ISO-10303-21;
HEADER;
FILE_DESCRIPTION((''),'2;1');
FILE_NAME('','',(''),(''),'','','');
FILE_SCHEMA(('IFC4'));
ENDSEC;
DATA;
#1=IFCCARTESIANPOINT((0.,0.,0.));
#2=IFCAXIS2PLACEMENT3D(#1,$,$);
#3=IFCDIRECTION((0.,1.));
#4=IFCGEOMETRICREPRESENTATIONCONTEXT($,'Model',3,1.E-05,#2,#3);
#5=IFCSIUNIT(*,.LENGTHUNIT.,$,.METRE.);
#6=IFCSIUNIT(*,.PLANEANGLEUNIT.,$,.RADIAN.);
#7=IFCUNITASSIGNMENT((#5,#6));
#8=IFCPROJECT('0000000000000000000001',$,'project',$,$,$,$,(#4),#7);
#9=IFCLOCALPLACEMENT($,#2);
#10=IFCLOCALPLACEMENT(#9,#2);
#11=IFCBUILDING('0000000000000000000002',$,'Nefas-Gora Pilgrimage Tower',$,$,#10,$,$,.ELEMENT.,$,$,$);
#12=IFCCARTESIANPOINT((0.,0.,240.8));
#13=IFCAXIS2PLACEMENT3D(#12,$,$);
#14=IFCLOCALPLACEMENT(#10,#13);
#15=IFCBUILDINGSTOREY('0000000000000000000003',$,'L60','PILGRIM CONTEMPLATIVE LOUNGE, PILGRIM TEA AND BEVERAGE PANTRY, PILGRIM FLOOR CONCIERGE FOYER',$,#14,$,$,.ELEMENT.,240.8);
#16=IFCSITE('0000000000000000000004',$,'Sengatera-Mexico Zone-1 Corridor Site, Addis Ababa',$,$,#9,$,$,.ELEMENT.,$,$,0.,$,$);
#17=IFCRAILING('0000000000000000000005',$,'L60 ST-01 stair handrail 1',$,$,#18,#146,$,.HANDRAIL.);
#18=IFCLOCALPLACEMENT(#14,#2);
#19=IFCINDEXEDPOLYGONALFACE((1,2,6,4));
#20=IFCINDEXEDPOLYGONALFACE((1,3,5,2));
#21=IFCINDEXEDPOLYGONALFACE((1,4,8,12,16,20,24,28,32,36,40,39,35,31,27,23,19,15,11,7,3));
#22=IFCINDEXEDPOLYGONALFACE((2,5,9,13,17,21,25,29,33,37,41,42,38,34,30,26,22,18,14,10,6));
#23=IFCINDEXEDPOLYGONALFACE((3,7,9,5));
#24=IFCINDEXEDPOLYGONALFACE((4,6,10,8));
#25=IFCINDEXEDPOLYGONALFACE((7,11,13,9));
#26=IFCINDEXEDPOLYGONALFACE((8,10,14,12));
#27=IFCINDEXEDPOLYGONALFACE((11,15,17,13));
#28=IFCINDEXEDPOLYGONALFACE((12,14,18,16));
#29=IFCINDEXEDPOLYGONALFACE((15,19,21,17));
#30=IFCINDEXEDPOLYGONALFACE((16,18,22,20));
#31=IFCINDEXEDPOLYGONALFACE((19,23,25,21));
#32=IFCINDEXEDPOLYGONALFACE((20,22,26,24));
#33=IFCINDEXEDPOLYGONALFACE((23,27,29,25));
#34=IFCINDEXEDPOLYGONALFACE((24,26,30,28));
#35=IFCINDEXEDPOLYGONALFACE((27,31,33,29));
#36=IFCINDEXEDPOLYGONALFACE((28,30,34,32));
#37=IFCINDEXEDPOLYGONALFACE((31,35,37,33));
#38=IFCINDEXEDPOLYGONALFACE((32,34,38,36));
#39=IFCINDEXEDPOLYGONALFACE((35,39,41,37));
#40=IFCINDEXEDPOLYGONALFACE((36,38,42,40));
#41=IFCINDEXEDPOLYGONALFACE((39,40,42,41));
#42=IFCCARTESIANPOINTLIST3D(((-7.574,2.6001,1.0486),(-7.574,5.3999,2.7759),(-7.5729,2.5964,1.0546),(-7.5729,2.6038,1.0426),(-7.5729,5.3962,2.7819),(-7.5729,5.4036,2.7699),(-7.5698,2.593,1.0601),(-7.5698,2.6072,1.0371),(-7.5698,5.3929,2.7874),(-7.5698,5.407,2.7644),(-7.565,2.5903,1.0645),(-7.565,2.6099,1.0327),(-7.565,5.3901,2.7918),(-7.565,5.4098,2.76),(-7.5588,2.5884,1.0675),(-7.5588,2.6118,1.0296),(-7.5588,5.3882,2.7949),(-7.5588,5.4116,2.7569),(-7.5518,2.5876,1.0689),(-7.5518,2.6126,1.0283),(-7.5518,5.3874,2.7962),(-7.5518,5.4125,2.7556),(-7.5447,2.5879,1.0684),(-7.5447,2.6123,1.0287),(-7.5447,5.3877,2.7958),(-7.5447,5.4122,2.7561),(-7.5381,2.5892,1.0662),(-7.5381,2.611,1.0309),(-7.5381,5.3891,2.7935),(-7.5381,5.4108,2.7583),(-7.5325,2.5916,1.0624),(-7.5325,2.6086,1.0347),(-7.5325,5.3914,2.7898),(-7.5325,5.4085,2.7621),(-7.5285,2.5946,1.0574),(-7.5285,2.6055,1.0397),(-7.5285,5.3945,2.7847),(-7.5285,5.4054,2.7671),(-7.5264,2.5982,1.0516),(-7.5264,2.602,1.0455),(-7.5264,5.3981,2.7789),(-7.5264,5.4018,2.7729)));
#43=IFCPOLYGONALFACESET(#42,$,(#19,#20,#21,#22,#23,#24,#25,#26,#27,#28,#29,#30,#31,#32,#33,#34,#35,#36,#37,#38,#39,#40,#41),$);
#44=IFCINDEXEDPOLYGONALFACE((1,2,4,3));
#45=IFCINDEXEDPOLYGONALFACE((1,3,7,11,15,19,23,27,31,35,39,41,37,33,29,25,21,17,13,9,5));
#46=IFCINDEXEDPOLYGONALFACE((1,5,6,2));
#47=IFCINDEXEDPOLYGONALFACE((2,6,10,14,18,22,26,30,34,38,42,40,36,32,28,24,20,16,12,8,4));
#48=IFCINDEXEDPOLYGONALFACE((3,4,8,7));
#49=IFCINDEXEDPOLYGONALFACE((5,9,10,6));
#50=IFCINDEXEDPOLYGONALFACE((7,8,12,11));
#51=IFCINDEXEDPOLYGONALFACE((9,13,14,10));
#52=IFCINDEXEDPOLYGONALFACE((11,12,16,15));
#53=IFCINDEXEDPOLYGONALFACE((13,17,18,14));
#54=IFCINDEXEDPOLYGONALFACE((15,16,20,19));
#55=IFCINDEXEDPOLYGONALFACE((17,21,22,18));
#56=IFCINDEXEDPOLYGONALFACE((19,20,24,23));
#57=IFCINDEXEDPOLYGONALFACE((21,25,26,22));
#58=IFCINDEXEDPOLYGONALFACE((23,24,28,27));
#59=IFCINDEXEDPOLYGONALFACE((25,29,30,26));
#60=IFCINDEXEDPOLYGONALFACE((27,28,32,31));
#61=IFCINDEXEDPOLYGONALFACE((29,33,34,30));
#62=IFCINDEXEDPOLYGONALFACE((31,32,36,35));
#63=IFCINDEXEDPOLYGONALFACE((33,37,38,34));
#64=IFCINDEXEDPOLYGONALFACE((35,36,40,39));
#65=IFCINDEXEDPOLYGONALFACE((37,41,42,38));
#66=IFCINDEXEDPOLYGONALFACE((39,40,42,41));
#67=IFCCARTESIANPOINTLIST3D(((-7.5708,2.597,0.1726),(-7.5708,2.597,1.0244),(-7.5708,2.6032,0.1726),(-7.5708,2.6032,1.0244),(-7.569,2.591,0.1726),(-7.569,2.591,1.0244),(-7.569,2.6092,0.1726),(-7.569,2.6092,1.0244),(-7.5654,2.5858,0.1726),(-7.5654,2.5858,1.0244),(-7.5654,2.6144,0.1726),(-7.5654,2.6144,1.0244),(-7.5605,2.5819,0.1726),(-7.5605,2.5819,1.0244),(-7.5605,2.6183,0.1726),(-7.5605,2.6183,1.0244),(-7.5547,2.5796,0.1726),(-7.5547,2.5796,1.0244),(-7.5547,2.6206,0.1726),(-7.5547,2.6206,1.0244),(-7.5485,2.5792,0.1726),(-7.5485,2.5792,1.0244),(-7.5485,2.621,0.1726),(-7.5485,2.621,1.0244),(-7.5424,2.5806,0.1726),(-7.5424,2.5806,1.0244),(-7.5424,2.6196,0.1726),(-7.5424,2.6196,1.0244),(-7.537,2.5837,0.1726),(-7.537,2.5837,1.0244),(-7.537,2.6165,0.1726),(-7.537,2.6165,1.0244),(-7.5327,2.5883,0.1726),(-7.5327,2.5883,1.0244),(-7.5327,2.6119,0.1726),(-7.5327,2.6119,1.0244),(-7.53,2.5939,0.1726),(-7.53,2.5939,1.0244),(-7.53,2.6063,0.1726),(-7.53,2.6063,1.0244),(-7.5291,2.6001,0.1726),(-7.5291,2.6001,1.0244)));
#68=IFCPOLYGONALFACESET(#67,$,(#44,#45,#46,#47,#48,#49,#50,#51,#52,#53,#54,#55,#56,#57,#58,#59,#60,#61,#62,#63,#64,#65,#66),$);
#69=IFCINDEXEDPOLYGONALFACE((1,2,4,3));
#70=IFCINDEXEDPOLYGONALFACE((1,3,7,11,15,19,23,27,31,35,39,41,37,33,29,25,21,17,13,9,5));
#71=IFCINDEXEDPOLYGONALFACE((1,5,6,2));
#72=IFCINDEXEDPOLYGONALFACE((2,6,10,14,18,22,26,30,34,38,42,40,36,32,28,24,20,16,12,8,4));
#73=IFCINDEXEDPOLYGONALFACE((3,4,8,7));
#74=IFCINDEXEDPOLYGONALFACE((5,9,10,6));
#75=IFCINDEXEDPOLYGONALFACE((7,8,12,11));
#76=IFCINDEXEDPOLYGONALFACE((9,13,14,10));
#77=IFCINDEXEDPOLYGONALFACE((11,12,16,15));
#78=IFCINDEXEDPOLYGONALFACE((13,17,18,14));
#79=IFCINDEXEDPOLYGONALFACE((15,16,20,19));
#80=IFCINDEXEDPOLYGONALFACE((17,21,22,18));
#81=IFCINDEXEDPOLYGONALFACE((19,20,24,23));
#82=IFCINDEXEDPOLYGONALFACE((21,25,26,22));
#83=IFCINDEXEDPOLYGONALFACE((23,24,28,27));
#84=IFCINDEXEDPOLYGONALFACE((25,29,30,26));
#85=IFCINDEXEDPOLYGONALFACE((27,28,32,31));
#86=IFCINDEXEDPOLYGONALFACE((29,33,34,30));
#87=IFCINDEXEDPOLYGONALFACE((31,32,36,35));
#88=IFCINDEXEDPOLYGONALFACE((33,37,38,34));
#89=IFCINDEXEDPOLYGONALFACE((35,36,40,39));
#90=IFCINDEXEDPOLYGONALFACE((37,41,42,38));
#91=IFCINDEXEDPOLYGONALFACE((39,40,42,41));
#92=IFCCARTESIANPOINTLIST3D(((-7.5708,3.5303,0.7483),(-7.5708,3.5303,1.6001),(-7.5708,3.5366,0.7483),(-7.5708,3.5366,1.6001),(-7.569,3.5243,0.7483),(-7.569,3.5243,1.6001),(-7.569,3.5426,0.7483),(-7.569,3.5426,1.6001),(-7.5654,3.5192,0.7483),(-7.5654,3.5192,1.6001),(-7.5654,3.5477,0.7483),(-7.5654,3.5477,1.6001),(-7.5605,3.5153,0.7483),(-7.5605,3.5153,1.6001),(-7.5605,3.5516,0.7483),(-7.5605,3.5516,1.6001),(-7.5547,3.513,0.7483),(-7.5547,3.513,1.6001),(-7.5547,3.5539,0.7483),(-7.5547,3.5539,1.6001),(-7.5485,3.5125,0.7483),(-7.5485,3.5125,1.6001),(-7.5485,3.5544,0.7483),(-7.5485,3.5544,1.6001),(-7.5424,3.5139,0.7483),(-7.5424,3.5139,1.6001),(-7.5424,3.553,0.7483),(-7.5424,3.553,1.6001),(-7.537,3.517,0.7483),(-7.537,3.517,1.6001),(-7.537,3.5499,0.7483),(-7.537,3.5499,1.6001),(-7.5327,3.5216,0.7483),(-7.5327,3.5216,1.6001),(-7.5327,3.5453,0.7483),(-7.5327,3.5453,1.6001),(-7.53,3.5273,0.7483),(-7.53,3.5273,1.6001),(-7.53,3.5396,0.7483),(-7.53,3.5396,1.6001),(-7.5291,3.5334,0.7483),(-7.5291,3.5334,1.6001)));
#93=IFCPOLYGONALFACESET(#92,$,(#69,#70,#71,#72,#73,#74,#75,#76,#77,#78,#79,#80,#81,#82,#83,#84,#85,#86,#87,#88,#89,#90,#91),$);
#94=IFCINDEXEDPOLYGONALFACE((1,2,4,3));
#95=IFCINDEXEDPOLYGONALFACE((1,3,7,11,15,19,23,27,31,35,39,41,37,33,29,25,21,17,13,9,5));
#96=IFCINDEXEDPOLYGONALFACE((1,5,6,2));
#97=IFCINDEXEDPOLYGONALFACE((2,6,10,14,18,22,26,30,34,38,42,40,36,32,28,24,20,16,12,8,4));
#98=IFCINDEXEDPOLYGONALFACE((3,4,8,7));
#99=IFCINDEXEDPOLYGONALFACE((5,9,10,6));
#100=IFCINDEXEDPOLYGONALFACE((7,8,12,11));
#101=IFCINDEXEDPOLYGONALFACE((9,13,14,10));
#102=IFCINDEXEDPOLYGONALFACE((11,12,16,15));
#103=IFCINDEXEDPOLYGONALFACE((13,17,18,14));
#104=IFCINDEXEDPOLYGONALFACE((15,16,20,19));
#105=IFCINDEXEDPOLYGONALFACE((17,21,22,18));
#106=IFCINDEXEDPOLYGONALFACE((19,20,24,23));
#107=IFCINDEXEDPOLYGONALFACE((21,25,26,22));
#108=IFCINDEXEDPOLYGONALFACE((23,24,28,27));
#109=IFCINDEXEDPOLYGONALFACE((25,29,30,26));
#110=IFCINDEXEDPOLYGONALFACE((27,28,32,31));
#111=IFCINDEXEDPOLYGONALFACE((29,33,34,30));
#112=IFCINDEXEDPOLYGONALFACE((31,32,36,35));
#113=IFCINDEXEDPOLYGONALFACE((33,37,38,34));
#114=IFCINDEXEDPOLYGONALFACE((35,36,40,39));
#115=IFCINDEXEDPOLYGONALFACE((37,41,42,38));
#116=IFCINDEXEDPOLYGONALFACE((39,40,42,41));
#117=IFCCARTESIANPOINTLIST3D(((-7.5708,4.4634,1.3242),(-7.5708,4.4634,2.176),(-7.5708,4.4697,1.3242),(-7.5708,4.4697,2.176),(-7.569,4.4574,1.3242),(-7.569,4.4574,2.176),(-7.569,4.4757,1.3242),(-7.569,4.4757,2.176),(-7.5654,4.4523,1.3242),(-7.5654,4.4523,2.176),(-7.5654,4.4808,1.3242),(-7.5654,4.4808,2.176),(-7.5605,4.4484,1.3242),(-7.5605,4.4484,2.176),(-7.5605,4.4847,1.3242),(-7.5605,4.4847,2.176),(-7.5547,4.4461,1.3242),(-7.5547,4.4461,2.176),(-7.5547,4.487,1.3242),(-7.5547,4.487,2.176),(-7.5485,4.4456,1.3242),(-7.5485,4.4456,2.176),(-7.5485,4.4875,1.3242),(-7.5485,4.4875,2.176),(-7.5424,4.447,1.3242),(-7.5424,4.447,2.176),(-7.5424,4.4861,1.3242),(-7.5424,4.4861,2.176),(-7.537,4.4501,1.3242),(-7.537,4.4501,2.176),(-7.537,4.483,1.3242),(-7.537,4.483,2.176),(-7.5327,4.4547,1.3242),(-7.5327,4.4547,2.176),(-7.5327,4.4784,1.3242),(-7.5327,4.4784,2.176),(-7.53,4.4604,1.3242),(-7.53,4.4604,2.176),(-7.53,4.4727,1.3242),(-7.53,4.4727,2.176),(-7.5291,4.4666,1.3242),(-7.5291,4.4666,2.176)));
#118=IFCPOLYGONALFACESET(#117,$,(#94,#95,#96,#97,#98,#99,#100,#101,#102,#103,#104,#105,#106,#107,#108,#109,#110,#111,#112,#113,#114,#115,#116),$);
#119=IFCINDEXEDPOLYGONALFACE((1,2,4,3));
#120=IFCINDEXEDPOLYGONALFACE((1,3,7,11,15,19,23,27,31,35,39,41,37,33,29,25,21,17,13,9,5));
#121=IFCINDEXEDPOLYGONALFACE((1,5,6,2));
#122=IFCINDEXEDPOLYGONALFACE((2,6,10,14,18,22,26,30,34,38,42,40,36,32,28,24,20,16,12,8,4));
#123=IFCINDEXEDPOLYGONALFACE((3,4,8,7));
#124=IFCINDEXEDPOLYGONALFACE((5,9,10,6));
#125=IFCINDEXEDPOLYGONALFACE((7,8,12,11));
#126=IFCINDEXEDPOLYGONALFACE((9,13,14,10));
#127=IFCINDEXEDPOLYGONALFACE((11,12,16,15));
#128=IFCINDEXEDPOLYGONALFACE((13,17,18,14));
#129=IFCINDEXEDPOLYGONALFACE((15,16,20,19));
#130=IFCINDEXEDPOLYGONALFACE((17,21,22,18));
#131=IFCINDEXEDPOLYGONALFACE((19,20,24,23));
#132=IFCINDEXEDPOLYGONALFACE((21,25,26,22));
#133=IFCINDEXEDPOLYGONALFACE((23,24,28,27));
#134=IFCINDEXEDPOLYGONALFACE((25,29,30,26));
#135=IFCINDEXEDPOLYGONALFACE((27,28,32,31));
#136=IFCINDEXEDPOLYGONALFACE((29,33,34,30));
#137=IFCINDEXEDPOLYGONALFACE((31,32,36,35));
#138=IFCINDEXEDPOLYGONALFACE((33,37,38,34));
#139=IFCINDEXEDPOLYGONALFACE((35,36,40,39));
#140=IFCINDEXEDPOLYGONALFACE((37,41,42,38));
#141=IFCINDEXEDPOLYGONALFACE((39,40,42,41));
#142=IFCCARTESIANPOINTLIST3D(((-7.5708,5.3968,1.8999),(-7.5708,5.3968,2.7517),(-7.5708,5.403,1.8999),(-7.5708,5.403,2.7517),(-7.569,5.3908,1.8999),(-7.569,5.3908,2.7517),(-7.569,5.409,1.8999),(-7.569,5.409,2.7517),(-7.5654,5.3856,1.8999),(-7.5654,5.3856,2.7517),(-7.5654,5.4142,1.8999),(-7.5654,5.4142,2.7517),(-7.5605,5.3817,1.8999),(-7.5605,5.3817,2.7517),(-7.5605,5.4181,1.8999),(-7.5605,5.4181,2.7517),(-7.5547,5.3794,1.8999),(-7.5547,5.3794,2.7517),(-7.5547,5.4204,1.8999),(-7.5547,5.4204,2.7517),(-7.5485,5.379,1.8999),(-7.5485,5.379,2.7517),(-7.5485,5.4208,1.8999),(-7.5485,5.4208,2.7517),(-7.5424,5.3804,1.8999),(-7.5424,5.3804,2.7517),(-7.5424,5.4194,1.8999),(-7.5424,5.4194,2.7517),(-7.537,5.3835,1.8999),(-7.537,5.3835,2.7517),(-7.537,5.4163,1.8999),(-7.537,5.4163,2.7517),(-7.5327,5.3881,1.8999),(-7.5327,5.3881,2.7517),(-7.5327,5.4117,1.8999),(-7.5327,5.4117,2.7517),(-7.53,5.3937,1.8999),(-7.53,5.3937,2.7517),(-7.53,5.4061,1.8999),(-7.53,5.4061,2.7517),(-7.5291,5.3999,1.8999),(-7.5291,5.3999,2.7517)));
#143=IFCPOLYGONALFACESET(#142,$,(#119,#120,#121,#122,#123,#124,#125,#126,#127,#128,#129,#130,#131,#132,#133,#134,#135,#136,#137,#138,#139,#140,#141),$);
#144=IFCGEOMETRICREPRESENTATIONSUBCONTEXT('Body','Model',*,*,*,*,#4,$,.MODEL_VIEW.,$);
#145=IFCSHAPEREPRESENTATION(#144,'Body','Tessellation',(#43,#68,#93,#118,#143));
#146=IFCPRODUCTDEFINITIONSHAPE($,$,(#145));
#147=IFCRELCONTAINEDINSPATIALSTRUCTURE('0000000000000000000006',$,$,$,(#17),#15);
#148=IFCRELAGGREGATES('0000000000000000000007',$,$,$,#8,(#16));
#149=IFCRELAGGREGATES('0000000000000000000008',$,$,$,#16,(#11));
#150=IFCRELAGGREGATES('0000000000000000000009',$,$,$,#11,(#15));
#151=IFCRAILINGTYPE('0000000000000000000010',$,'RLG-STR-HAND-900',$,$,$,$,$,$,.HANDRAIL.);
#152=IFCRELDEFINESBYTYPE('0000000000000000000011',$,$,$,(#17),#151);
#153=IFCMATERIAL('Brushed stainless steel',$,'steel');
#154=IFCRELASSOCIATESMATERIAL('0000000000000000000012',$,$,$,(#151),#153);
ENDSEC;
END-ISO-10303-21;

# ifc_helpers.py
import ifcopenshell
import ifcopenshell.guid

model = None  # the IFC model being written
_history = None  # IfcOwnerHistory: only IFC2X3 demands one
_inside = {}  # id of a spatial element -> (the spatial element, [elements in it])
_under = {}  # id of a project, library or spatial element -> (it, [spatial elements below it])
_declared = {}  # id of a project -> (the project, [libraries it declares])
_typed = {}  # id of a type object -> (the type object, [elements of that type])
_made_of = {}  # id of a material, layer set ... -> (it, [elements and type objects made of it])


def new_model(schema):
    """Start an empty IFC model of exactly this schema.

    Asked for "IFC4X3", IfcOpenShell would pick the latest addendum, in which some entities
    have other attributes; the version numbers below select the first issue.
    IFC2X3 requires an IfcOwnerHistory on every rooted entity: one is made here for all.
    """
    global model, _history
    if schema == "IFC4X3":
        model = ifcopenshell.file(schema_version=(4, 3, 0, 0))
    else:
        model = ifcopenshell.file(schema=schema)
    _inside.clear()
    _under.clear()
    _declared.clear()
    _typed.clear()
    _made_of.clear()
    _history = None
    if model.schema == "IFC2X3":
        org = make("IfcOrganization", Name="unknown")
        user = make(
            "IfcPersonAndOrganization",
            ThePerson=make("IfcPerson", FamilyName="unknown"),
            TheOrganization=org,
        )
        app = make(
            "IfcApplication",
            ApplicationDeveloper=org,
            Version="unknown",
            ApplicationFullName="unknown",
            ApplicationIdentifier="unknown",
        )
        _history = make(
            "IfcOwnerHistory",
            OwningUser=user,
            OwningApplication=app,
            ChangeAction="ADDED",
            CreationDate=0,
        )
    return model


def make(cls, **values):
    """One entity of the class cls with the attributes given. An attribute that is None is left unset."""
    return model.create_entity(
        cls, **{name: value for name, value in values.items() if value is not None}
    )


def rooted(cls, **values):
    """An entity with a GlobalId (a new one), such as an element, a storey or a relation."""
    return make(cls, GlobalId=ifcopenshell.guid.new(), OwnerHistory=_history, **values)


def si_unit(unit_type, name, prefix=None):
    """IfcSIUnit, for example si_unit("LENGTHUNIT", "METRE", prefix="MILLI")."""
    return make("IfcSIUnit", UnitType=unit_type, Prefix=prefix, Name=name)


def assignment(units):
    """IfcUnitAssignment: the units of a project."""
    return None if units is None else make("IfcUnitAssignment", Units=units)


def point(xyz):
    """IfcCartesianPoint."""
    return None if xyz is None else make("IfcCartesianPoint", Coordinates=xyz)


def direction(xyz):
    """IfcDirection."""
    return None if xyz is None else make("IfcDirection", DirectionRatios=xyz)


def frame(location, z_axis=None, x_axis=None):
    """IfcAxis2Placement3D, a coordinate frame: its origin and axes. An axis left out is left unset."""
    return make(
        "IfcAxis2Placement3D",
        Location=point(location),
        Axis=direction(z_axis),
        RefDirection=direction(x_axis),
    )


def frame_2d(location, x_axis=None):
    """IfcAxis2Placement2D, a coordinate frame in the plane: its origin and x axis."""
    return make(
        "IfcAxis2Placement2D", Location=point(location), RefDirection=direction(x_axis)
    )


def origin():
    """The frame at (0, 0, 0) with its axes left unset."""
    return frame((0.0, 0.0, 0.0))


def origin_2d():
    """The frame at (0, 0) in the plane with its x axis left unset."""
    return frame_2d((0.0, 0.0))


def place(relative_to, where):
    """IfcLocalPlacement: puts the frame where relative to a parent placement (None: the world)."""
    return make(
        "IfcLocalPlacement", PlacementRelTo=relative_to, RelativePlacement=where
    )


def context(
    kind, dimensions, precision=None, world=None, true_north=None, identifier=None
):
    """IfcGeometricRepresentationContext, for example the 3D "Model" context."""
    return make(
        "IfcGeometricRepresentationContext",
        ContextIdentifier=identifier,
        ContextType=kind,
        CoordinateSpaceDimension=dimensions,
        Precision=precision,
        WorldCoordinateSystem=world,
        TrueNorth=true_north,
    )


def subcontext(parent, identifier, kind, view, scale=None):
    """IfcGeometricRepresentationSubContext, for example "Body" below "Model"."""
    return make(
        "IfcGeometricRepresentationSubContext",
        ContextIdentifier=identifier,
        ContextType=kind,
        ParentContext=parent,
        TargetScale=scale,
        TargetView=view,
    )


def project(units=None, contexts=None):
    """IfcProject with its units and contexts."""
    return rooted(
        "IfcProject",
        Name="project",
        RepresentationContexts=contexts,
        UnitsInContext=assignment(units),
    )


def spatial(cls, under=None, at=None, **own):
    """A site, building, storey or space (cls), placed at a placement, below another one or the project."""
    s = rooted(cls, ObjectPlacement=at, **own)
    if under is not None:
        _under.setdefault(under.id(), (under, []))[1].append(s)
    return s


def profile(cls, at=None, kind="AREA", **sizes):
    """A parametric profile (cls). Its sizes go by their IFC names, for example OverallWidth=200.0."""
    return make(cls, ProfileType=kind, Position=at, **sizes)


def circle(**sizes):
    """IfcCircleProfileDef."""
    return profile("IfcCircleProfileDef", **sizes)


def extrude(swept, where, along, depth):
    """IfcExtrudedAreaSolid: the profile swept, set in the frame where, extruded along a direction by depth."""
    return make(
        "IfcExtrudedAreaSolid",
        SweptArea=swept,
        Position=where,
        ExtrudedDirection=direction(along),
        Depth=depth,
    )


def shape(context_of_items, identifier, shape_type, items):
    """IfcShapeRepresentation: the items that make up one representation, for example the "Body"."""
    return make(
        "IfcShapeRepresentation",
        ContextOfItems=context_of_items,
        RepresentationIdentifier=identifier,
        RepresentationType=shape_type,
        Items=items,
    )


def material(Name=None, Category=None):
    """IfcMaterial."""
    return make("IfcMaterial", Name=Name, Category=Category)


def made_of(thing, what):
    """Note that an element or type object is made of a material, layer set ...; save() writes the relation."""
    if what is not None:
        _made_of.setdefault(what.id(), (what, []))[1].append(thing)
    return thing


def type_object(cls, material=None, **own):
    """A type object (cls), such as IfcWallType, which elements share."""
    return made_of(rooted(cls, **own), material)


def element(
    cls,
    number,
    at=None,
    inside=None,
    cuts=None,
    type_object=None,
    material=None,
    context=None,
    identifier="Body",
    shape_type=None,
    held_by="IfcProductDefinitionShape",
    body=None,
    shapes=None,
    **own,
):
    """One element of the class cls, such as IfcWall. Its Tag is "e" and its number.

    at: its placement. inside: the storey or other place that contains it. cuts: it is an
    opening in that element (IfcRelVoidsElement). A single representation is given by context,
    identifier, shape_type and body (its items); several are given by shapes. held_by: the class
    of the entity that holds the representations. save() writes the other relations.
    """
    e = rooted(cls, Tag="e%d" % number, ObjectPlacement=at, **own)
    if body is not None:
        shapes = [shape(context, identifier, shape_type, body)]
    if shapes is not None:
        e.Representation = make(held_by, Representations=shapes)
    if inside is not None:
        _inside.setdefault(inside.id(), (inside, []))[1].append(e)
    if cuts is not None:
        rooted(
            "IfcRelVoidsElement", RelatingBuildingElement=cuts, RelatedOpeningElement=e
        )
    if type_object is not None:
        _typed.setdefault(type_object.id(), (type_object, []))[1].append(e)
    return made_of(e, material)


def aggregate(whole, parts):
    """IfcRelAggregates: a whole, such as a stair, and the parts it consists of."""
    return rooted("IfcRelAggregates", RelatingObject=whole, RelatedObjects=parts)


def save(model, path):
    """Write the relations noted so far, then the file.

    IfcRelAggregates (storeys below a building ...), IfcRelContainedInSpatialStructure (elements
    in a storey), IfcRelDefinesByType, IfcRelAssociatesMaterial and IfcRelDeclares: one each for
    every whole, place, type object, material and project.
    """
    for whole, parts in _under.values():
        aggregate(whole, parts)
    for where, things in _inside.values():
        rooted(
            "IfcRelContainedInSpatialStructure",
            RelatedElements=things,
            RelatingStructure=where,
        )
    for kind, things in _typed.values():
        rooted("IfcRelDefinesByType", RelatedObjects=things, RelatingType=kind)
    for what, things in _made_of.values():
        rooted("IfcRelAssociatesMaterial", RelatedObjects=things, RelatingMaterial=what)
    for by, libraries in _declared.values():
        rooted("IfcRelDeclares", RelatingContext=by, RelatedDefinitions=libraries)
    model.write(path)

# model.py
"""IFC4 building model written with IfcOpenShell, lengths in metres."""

from ifc_helpers import new_model, si_unit, direction, frame, origin, origin_2d, place, context, subcontext, project, spatial, circle, extrude, material, type_object, element, save


model = new_model("IFC4")

# Units and contexts
model_context = context("Model", 3, precision=1e-05, world=origin(), true_north=direction((0.0, 1.0)))
body_context = subcontext(model_context, "Body", "Model", "MODEL_VIEW")
ifc_project = project(units=[si_unit("LENGTHUNIT", "METRE"), si_unit("PLANEANGLEUNIT", "RADIAN")], contexts=[model_context])

# Site, building, storey
site_placement = place(None, origin())
site = spatial("IfcSite", under=ifc_project, at=site_placement, Name="Sengatera-Mexico Zone-1 Corridor Site, Addis Ababa", CompositionType="ELEMENT", RefElevation=0.0)
building_placement = place(site_placement, origin())
building = spatial("IfcBuilding", under=site, at=building_placement, Name="Nefas-Gora Pilgrimage Tower", CompositionType="ELEMENT")
storey_placement = place(building_placement, frame((0.0, 0.0, 240.8)))
storey = spatial("IfcBuildingStorey", under=building, at=storey_placement, Name="L60", Description="PILGRIM CONTEMPLATIVE LOUNGE, PILGRIM TEA AND BEVERAGE PANTRY, PILGRIM FLOOR CONCIERGE FOYER", CompositionType="ELEMENT", Elevation=240.8)

# Railing
ifc_material_1 = material(Name="Brushed stainless steel", Category="steel")
railing_type_1 = type_object("IfcRailingType", Name="RLG-STR-HAND-900", PredefinedType="HANDRAIL", material=ifc_material_1)
railing_1_placement = place(storey_placement, frame((-7.55, 2.6001, 0.1726)))
element("IfcRailing", 1, at=railing_1_placement, inside=storey, type_object=railing_type_1, Name="L60 ST-01 stair handrail 1", PredefinedType="HANDRAIL", context=body_context, shape_type="SweptSolid", body=[
    extrude(circle(Radius=0.0239, at=origin_2d()), frame((0.0, 0.0, 0.876), z_axis=(0.0, 0.851069, 0.525054), x_axis=(-1.0, 0.0, 0.0)), (0.0, 0.0, 1.0), 3.2898),
    extrude(circle(Radius=0.021, at=origin_2d()), origin(), (0.0, 0.0, 1.0), 0.8518),
    extrude(circle(Radius=0.021, at=origin_2d()), frame((0.0, 0.9333, 0.5757)), (0.0, 0.0, 1.0), 0.8518),
    extrude(circle(Radius=0.021, at=origin_2d()), frame((0.0, 1.8665, 1.1516)), (0.0, 0.0, 1.0), 0.8518),
    extrude(circle(Radius=0.021, at=origin_2d()), frame((0.0, 2.7998, 1.7273)), (0.0, 0.0, 1.0), 0.8518),
])

save(model, "model.ifc")
